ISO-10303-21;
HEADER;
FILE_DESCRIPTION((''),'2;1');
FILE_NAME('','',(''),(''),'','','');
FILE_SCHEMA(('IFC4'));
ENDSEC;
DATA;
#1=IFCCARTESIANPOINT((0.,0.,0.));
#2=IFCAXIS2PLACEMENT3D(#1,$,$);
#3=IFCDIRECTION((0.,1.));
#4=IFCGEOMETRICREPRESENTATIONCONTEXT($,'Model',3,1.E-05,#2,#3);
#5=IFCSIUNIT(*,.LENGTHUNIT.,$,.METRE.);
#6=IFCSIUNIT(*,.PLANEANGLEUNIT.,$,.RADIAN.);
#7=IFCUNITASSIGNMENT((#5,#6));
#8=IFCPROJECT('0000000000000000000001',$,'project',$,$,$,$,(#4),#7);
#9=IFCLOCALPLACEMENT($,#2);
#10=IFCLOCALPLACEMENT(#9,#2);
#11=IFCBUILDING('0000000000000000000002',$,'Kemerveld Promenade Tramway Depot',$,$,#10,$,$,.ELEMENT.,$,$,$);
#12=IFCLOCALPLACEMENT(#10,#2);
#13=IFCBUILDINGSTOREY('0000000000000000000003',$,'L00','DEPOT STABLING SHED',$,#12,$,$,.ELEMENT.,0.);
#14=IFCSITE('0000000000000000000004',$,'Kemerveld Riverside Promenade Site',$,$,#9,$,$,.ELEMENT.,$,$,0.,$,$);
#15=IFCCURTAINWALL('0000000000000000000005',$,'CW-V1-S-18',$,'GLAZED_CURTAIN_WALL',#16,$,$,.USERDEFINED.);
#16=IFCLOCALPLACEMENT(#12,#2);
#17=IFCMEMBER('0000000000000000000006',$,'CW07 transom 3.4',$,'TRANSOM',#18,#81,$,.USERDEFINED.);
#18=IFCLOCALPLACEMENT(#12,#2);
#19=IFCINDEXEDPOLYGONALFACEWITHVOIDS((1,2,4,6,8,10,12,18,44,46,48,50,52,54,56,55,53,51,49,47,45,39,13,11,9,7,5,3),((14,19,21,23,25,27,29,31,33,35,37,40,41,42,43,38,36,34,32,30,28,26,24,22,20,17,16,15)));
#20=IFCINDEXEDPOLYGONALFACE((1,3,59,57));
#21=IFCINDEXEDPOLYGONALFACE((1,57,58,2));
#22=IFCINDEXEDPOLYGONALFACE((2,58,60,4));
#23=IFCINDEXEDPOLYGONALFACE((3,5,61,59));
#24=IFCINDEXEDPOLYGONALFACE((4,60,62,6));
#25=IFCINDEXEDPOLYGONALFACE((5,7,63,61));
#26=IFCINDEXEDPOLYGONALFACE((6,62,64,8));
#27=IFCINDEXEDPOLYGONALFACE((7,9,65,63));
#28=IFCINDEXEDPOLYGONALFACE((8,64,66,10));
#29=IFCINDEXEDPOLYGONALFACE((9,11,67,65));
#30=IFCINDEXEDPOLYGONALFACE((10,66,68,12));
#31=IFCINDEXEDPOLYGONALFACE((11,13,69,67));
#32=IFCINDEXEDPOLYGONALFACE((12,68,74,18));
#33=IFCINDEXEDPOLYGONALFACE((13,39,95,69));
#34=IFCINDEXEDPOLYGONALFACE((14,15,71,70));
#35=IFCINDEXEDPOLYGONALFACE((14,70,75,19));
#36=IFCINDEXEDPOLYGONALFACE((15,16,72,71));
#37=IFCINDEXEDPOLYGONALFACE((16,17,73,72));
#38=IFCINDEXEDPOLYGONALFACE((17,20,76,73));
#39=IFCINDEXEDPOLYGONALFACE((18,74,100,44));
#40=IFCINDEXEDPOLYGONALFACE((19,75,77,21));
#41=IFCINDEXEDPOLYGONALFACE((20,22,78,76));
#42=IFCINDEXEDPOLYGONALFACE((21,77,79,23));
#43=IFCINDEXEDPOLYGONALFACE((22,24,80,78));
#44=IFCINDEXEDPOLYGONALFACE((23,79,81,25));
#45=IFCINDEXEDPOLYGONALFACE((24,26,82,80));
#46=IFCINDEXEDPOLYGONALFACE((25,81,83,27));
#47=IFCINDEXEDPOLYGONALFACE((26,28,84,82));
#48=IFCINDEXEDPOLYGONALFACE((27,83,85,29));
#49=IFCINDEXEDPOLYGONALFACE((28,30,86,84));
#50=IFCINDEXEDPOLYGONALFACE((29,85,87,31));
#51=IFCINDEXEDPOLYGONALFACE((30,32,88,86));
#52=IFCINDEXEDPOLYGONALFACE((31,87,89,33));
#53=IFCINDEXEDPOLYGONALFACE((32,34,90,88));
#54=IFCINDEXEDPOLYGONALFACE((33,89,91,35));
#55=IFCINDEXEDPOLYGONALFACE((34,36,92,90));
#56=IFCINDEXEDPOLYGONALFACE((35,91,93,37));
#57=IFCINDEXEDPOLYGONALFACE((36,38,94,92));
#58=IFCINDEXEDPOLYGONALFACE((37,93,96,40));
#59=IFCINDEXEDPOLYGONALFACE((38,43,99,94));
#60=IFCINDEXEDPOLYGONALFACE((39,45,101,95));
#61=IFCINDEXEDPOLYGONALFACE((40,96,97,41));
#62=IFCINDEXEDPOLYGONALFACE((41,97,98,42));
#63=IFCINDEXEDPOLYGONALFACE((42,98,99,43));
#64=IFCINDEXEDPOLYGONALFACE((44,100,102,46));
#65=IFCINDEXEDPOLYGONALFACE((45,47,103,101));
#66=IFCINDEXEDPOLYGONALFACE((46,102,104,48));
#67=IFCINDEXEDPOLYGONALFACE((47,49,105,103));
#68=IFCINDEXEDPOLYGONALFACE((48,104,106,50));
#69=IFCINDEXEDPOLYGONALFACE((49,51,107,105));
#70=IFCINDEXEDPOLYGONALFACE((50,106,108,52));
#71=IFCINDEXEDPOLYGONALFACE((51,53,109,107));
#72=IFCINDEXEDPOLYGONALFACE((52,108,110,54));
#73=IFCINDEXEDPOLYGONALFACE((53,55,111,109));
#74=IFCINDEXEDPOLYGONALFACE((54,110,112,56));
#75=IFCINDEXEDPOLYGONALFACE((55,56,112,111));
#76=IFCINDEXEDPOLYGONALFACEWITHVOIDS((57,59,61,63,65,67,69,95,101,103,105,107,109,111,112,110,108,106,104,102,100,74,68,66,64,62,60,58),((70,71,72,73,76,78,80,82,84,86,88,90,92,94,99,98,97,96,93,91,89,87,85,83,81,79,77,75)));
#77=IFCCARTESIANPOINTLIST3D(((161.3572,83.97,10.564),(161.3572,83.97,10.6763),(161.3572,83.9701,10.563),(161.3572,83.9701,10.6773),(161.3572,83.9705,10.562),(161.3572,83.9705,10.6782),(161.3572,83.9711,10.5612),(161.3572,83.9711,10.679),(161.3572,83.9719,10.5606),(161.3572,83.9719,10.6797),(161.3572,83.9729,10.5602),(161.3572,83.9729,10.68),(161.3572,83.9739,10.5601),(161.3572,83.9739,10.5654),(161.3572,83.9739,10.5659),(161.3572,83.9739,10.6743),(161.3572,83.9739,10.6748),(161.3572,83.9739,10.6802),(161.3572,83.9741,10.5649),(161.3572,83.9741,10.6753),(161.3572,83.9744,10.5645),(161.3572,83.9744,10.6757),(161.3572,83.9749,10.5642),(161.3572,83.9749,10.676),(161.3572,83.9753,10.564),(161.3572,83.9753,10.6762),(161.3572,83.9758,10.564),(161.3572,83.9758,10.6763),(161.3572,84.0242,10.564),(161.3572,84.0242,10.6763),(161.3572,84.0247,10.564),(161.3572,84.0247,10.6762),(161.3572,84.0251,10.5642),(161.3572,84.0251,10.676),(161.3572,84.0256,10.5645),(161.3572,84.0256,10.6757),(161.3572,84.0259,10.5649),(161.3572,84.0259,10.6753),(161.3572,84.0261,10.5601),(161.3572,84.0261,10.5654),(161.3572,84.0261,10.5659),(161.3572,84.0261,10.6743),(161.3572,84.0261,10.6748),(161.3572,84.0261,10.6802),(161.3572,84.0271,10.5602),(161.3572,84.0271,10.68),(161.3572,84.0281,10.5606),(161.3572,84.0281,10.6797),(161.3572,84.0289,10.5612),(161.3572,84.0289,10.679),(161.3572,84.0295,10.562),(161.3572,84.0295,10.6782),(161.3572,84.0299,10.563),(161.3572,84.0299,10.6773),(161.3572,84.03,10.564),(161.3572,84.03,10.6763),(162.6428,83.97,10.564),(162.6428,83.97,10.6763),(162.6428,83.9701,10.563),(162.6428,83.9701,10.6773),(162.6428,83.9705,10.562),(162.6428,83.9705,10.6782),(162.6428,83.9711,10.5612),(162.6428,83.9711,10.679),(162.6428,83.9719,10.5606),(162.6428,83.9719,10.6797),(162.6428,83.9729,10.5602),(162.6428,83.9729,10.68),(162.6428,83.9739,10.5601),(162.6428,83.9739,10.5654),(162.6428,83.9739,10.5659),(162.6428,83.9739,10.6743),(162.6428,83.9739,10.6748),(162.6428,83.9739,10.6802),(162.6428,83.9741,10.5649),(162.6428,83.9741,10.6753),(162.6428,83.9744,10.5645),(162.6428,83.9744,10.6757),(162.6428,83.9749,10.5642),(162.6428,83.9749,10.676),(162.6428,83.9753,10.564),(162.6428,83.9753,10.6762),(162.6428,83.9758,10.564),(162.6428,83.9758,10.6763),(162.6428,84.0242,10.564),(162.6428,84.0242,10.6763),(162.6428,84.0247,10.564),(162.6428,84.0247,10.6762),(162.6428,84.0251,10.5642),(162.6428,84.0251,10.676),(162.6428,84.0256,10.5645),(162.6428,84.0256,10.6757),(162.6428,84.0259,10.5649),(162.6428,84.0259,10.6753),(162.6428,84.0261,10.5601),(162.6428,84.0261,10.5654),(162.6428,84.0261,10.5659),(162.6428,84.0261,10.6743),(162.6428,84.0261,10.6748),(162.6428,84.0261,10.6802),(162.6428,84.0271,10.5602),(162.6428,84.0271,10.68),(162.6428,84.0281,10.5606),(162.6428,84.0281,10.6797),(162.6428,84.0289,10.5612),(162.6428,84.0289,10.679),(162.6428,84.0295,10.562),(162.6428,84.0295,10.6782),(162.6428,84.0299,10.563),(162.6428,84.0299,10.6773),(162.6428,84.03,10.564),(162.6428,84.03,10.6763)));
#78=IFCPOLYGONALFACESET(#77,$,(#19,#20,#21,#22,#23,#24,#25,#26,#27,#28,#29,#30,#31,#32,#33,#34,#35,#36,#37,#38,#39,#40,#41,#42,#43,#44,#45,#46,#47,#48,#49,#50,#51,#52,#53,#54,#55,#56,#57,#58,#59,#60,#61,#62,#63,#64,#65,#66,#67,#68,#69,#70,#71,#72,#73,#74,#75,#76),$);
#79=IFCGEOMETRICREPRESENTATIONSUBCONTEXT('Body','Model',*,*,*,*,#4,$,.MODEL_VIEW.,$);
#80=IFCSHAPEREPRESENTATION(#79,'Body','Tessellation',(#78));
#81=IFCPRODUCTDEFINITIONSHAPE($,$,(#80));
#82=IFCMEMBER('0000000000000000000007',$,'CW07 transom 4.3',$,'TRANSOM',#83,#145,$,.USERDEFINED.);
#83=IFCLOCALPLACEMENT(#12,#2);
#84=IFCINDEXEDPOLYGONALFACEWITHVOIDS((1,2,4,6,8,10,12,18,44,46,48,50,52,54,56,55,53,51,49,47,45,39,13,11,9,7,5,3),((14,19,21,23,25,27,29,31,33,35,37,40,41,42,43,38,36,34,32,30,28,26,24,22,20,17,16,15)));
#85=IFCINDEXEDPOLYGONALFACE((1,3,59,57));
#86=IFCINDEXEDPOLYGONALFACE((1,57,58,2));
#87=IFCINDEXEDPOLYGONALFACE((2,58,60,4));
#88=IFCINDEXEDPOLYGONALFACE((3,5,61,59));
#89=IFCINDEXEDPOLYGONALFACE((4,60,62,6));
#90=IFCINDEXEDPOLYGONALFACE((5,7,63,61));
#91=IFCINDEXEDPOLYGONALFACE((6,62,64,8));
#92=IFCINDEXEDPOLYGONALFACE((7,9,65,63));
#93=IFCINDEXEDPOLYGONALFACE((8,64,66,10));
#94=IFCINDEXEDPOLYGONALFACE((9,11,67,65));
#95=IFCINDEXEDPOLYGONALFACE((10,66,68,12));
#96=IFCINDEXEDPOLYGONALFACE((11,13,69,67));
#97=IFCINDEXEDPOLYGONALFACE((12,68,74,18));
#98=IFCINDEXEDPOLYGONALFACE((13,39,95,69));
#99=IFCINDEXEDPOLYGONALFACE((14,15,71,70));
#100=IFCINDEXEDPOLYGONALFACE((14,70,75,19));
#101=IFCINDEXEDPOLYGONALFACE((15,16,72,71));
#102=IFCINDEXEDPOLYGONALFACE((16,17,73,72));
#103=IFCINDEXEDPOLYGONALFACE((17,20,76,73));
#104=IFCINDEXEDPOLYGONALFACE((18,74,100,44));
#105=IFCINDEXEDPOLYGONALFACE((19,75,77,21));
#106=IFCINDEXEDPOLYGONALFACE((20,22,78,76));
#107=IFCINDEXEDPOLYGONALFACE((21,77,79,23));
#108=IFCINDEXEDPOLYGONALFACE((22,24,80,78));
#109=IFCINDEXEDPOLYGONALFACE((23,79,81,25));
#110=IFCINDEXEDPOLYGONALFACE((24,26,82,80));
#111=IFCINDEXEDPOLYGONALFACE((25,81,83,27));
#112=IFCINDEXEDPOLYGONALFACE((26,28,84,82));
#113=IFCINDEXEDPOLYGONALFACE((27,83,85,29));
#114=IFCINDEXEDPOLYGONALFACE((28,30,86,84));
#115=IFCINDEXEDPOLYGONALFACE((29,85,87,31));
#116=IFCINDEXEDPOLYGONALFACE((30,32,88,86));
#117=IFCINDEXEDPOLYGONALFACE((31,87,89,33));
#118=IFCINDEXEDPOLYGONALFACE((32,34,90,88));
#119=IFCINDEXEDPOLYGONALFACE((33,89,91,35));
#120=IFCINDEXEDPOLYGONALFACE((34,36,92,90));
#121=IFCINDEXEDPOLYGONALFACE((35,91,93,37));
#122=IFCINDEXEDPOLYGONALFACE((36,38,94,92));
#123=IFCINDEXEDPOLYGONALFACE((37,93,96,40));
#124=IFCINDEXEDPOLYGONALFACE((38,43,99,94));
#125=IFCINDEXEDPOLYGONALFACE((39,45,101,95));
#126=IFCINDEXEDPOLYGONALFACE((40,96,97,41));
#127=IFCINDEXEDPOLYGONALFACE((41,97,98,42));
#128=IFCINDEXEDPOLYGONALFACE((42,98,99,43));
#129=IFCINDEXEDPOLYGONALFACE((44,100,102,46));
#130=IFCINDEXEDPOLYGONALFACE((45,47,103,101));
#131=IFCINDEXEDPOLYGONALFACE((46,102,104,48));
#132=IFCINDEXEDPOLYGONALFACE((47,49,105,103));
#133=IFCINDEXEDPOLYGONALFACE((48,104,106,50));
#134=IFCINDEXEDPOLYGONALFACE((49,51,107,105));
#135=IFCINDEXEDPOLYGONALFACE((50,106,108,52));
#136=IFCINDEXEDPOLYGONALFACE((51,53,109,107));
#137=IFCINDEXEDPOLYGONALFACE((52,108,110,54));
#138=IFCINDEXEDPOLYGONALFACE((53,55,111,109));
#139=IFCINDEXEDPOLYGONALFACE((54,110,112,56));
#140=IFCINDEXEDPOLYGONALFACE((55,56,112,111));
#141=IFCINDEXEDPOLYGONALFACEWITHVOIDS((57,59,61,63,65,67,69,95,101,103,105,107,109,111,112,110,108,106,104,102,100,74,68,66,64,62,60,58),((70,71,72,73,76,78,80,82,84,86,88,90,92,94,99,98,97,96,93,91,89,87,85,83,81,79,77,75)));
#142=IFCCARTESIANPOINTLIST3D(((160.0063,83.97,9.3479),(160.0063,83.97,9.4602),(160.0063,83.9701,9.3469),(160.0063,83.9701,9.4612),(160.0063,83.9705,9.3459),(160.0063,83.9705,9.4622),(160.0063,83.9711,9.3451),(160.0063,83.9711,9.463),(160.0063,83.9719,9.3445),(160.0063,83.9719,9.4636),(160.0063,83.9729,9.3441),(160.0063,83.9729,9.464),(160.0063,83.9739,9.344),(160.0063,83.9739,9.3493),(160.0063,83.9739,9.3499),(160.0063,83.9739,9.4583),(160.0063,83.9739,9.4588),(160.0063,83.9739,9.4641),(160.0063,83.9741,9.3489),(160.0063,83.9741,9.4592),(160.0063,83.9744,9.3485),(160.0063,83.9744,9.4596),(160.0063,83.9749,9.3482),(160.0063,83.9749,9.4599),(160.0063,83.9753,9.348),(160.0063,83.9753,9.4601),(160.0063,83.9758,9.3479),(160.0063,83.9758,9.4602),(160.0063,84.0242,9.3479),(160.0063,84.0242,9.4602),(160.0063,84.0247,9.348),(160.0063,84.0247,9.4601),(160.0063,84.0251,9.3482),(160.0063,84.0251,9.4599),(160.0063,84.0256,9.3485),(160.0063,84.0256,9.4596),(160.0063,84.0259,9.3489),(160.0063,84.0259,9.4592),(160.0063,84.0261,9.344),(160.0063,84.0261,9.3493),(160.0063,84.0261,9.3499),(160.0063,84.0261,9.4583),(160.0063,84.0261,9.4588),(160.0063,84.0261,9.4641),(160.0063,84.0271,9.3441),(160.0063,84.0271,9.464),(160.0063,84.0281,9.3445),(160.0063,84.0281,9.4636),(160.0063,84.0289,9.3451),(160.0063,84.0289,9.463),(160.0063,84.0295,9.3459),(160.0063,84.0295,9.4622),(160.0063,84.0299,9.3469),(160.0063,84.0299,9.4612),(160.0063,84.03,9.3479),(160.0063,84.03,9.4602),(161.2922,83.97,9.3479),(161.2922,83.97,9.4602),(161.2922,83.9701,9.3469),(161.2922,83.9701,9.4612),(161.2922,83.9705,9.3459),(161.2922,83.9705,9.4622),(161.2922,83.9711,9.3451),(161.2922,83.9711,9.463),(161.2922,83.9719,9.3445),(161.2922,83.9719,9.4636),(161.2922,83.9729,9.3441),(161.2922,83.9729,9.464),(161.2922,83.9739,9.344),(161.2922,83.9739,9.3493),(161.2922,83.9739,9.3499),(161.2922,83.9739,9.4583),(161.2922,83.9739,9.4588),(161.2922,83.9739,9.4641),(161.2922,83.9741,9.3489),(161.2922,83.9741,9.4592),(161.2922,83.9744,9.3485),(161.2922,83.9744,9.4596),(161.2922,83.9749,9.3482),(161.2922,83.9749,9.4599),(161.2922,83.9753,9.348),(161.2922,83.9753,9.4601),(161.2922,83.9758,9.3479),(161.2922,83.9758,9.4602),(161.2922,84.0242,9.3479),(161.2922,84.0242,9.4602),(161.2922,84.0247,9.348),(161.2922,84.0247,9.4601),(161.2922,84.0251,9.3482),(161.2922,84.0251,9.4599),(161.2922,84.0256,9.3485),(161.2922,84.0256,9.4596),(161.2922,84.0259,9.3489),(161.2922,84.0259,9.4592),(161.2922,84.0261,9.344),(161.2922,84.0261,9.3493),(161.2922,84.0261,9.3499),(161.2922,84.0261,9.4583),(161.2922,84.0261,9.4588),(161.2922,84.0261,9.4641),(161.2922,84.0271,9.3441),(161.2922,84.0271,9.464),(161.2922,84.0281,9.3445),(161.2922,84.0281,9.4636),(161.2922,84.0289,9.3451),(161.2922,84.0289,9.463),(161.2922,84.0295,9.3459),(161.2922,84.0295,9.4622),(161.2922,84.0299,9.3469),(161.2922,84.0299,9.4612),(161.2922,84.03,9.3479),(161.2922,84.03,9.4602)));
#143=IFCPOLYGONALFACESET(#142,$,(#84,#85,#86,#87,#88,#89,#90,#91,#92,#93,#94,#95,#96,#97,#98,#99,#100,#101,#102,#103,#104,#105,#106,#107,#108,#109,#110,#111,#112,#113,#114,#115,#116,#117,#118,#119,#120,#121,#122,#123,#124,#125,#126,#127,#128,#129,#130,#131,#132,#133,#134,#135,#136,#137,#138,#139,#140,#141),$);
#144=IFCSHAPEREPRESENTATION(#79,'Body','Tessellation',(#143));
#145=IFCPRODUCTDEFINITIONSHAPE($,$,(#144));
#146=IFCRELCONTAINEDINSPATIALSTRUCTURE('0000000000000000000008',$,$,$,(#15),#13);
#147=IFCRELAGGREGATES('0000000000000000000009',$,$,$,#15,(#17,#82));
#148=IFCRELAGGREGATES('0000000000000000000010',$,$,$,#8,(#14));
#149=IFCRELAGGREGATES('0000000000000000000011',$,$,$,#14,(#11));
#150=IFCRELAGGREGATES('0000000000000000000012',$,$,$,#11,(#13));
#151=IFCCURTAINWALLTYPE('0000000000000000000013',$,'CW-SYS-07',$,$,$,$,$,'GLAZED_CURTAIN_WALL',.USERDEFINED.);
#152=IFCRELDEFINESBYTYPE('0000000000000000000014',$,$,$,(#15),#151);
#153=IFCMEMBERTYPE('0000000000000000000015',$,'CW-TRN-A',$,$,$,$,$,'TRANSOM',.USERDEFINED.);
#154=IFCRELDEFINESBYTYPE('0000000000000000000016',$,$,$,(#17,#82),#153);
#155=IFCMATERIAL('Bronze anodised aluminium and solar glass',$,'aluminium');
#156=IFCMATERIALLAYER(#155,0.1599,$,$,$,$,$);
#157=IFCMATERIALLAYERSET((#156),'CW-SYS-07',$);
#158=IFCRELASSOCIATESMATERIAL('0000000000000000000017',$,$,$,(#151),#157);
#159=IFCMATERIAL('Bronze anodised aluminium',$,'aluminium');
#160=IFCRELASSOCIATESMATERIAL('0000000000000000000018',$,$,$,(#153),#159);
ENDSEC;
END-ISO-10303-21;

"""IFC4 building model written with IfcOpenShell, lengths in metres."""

from ifc_helpers import new_model, si_unit, direction, frame, origin, origin_2d, place, context, subcontext, project, spatial, hollow_rectangle, extrude, material, layer, layer_set, material_profile, profile_set, type_object, element, aggregate, save


model = new_model("IFC4")

# Units and contexts
model_context = context("Model", 3, precision=1e-05, world=origin(), true_north=direction((0.0, 1.0)))
body_context = subcontext(model_context, "Body", "Model", "MODEL_VIEW")
ifc_project = project(units=[si_unit("LENGTHUNIT", "METRE"), si_unit("PLANEANGLEUNIT", "RADIAN")], contexts=[model_context])

# Site, building, storey
site_placement = place(None, origin())
site = spatial("IfcSite", under=ifc_project, at=site_placement, Name="Kemerveld Riverside Promenade Site", CompositionType="ELEMENT", RefElevation=0.0)
building_placement = place(site_placement, origin())
building = spatial("IfcBuilding", under=site, at=building_placement, Name="Kemerveld Promenade Tramway Depot", CompositionType="ELEMENT")
storey_placement = place(building_placement, origin())
storey = spatial("IfcBuildingStorey", under=building, at=storey_placement, Name="L00", Description="DEPOT STABLING SHED", CompositionType="ELEMENT", Elevation=0.0)

# Curtain wall, members
ifc_material_1 = material(Name="Bronze anodised aluminium and solar glass", Category="aluminium")
ifc_layer_1 = layer(ifc_material_1, 0.1599)
ifc_layer_set_1 = layer_set([ifc_layer_1], Name="CW-SYS-07")
curtain_wall_type_1 = type_object("IfcCurtainWallType", Name="CW-SYS-07", ElementType="GLAZED_CURTAIN_WALL", PredefinedType="USERDEFINED", material=ifc_layer_set_1)
curtain_wall_1_placement = place(storey_placement, origin())
curtain_wall_1 = element("IfcCurtainWall", 1, at=curtain_wall_1_placement, inside=storey, type_object=curtain_wall_type_1, Name="CW-V1-S-18", ObjectType="GLAZED_CURTAIN_WALL", PredefinedType="USERDEFINED")
ifc_material_2 = material(Name="Bronze anodised aluminium", Category="aluminium")
ifc_material_profile_1 = material_profile(ifc_material_2, hollow_rectangle(XDim=0.0601, YDim=0.1201, WallThickness=0.0039, InnerFilletRadius=0.002, OuterFilletRadius=0.0039, at=origin_2d()), Name="CW-TRN-120x60")
ifc_profile_set_1 = profile_set([ifc_material_profile_1], Name="Bronze anodised aluminium")
member_type_1 = type_object("IfcMemberType", Name="CW-TRN-A", ElementType="TRANSOM", PredefinedType="USERDEFINED", material=ifc_profile_set_1)
member_1_placement = place(storey_placement, frame((162.6428, 84.0, 10.6201), z_axis=(-1.0, 0.0, 0.0), x_axis=(0.0, -1.0, 0.0)))
member_1 = element("IfcMember", 2, at=member_1_placement, type_object=member_type_1, Name="CW07 transom 3.4", ObjectType="TRANSOM", PredefinedType="USERDEFINED", context=body_context, shape_type="SweptSolid", body=[
    extrude(hollow_rectangle(XDim=0.0601, YDim=0.1201, WallThickness=0.0039, InnerFilletRadius=0.002, OuterFilletRadius=0.0039, at=origin_2d()), origin(), (0.0, 0.0, 1.0), 1.2856),
])
member_2_placement = place(storey_placement, frame((161.2922, 84.0, 9.4041), z_axis=(-1.0, 0.0, 0.0), x_axis=(0.0, -1.0, 0.0)))
member_2 = element("IfcMember", 3, at=member_2_placement, type_object=member_type_1, Name="CW07 transom 4.3", ObjectType="TRANSOM", PredefinedType="USERDEFINED", context=body_context, shape_type="SweptSolid", body=[
    extrude(hollow_rectangle(XDim=0.0601, YDim=0.1201, WallThickness=0.0039, InnerFilletRadius=0.002, OuterFilletRadius=0.0039, at=origin_2d()), origin(), (0.0, 0.0, 1.0), 1.2859),
])

aggregate(curtain_wall_1, [member_1, member_2])

save(model, "model.ifc")
